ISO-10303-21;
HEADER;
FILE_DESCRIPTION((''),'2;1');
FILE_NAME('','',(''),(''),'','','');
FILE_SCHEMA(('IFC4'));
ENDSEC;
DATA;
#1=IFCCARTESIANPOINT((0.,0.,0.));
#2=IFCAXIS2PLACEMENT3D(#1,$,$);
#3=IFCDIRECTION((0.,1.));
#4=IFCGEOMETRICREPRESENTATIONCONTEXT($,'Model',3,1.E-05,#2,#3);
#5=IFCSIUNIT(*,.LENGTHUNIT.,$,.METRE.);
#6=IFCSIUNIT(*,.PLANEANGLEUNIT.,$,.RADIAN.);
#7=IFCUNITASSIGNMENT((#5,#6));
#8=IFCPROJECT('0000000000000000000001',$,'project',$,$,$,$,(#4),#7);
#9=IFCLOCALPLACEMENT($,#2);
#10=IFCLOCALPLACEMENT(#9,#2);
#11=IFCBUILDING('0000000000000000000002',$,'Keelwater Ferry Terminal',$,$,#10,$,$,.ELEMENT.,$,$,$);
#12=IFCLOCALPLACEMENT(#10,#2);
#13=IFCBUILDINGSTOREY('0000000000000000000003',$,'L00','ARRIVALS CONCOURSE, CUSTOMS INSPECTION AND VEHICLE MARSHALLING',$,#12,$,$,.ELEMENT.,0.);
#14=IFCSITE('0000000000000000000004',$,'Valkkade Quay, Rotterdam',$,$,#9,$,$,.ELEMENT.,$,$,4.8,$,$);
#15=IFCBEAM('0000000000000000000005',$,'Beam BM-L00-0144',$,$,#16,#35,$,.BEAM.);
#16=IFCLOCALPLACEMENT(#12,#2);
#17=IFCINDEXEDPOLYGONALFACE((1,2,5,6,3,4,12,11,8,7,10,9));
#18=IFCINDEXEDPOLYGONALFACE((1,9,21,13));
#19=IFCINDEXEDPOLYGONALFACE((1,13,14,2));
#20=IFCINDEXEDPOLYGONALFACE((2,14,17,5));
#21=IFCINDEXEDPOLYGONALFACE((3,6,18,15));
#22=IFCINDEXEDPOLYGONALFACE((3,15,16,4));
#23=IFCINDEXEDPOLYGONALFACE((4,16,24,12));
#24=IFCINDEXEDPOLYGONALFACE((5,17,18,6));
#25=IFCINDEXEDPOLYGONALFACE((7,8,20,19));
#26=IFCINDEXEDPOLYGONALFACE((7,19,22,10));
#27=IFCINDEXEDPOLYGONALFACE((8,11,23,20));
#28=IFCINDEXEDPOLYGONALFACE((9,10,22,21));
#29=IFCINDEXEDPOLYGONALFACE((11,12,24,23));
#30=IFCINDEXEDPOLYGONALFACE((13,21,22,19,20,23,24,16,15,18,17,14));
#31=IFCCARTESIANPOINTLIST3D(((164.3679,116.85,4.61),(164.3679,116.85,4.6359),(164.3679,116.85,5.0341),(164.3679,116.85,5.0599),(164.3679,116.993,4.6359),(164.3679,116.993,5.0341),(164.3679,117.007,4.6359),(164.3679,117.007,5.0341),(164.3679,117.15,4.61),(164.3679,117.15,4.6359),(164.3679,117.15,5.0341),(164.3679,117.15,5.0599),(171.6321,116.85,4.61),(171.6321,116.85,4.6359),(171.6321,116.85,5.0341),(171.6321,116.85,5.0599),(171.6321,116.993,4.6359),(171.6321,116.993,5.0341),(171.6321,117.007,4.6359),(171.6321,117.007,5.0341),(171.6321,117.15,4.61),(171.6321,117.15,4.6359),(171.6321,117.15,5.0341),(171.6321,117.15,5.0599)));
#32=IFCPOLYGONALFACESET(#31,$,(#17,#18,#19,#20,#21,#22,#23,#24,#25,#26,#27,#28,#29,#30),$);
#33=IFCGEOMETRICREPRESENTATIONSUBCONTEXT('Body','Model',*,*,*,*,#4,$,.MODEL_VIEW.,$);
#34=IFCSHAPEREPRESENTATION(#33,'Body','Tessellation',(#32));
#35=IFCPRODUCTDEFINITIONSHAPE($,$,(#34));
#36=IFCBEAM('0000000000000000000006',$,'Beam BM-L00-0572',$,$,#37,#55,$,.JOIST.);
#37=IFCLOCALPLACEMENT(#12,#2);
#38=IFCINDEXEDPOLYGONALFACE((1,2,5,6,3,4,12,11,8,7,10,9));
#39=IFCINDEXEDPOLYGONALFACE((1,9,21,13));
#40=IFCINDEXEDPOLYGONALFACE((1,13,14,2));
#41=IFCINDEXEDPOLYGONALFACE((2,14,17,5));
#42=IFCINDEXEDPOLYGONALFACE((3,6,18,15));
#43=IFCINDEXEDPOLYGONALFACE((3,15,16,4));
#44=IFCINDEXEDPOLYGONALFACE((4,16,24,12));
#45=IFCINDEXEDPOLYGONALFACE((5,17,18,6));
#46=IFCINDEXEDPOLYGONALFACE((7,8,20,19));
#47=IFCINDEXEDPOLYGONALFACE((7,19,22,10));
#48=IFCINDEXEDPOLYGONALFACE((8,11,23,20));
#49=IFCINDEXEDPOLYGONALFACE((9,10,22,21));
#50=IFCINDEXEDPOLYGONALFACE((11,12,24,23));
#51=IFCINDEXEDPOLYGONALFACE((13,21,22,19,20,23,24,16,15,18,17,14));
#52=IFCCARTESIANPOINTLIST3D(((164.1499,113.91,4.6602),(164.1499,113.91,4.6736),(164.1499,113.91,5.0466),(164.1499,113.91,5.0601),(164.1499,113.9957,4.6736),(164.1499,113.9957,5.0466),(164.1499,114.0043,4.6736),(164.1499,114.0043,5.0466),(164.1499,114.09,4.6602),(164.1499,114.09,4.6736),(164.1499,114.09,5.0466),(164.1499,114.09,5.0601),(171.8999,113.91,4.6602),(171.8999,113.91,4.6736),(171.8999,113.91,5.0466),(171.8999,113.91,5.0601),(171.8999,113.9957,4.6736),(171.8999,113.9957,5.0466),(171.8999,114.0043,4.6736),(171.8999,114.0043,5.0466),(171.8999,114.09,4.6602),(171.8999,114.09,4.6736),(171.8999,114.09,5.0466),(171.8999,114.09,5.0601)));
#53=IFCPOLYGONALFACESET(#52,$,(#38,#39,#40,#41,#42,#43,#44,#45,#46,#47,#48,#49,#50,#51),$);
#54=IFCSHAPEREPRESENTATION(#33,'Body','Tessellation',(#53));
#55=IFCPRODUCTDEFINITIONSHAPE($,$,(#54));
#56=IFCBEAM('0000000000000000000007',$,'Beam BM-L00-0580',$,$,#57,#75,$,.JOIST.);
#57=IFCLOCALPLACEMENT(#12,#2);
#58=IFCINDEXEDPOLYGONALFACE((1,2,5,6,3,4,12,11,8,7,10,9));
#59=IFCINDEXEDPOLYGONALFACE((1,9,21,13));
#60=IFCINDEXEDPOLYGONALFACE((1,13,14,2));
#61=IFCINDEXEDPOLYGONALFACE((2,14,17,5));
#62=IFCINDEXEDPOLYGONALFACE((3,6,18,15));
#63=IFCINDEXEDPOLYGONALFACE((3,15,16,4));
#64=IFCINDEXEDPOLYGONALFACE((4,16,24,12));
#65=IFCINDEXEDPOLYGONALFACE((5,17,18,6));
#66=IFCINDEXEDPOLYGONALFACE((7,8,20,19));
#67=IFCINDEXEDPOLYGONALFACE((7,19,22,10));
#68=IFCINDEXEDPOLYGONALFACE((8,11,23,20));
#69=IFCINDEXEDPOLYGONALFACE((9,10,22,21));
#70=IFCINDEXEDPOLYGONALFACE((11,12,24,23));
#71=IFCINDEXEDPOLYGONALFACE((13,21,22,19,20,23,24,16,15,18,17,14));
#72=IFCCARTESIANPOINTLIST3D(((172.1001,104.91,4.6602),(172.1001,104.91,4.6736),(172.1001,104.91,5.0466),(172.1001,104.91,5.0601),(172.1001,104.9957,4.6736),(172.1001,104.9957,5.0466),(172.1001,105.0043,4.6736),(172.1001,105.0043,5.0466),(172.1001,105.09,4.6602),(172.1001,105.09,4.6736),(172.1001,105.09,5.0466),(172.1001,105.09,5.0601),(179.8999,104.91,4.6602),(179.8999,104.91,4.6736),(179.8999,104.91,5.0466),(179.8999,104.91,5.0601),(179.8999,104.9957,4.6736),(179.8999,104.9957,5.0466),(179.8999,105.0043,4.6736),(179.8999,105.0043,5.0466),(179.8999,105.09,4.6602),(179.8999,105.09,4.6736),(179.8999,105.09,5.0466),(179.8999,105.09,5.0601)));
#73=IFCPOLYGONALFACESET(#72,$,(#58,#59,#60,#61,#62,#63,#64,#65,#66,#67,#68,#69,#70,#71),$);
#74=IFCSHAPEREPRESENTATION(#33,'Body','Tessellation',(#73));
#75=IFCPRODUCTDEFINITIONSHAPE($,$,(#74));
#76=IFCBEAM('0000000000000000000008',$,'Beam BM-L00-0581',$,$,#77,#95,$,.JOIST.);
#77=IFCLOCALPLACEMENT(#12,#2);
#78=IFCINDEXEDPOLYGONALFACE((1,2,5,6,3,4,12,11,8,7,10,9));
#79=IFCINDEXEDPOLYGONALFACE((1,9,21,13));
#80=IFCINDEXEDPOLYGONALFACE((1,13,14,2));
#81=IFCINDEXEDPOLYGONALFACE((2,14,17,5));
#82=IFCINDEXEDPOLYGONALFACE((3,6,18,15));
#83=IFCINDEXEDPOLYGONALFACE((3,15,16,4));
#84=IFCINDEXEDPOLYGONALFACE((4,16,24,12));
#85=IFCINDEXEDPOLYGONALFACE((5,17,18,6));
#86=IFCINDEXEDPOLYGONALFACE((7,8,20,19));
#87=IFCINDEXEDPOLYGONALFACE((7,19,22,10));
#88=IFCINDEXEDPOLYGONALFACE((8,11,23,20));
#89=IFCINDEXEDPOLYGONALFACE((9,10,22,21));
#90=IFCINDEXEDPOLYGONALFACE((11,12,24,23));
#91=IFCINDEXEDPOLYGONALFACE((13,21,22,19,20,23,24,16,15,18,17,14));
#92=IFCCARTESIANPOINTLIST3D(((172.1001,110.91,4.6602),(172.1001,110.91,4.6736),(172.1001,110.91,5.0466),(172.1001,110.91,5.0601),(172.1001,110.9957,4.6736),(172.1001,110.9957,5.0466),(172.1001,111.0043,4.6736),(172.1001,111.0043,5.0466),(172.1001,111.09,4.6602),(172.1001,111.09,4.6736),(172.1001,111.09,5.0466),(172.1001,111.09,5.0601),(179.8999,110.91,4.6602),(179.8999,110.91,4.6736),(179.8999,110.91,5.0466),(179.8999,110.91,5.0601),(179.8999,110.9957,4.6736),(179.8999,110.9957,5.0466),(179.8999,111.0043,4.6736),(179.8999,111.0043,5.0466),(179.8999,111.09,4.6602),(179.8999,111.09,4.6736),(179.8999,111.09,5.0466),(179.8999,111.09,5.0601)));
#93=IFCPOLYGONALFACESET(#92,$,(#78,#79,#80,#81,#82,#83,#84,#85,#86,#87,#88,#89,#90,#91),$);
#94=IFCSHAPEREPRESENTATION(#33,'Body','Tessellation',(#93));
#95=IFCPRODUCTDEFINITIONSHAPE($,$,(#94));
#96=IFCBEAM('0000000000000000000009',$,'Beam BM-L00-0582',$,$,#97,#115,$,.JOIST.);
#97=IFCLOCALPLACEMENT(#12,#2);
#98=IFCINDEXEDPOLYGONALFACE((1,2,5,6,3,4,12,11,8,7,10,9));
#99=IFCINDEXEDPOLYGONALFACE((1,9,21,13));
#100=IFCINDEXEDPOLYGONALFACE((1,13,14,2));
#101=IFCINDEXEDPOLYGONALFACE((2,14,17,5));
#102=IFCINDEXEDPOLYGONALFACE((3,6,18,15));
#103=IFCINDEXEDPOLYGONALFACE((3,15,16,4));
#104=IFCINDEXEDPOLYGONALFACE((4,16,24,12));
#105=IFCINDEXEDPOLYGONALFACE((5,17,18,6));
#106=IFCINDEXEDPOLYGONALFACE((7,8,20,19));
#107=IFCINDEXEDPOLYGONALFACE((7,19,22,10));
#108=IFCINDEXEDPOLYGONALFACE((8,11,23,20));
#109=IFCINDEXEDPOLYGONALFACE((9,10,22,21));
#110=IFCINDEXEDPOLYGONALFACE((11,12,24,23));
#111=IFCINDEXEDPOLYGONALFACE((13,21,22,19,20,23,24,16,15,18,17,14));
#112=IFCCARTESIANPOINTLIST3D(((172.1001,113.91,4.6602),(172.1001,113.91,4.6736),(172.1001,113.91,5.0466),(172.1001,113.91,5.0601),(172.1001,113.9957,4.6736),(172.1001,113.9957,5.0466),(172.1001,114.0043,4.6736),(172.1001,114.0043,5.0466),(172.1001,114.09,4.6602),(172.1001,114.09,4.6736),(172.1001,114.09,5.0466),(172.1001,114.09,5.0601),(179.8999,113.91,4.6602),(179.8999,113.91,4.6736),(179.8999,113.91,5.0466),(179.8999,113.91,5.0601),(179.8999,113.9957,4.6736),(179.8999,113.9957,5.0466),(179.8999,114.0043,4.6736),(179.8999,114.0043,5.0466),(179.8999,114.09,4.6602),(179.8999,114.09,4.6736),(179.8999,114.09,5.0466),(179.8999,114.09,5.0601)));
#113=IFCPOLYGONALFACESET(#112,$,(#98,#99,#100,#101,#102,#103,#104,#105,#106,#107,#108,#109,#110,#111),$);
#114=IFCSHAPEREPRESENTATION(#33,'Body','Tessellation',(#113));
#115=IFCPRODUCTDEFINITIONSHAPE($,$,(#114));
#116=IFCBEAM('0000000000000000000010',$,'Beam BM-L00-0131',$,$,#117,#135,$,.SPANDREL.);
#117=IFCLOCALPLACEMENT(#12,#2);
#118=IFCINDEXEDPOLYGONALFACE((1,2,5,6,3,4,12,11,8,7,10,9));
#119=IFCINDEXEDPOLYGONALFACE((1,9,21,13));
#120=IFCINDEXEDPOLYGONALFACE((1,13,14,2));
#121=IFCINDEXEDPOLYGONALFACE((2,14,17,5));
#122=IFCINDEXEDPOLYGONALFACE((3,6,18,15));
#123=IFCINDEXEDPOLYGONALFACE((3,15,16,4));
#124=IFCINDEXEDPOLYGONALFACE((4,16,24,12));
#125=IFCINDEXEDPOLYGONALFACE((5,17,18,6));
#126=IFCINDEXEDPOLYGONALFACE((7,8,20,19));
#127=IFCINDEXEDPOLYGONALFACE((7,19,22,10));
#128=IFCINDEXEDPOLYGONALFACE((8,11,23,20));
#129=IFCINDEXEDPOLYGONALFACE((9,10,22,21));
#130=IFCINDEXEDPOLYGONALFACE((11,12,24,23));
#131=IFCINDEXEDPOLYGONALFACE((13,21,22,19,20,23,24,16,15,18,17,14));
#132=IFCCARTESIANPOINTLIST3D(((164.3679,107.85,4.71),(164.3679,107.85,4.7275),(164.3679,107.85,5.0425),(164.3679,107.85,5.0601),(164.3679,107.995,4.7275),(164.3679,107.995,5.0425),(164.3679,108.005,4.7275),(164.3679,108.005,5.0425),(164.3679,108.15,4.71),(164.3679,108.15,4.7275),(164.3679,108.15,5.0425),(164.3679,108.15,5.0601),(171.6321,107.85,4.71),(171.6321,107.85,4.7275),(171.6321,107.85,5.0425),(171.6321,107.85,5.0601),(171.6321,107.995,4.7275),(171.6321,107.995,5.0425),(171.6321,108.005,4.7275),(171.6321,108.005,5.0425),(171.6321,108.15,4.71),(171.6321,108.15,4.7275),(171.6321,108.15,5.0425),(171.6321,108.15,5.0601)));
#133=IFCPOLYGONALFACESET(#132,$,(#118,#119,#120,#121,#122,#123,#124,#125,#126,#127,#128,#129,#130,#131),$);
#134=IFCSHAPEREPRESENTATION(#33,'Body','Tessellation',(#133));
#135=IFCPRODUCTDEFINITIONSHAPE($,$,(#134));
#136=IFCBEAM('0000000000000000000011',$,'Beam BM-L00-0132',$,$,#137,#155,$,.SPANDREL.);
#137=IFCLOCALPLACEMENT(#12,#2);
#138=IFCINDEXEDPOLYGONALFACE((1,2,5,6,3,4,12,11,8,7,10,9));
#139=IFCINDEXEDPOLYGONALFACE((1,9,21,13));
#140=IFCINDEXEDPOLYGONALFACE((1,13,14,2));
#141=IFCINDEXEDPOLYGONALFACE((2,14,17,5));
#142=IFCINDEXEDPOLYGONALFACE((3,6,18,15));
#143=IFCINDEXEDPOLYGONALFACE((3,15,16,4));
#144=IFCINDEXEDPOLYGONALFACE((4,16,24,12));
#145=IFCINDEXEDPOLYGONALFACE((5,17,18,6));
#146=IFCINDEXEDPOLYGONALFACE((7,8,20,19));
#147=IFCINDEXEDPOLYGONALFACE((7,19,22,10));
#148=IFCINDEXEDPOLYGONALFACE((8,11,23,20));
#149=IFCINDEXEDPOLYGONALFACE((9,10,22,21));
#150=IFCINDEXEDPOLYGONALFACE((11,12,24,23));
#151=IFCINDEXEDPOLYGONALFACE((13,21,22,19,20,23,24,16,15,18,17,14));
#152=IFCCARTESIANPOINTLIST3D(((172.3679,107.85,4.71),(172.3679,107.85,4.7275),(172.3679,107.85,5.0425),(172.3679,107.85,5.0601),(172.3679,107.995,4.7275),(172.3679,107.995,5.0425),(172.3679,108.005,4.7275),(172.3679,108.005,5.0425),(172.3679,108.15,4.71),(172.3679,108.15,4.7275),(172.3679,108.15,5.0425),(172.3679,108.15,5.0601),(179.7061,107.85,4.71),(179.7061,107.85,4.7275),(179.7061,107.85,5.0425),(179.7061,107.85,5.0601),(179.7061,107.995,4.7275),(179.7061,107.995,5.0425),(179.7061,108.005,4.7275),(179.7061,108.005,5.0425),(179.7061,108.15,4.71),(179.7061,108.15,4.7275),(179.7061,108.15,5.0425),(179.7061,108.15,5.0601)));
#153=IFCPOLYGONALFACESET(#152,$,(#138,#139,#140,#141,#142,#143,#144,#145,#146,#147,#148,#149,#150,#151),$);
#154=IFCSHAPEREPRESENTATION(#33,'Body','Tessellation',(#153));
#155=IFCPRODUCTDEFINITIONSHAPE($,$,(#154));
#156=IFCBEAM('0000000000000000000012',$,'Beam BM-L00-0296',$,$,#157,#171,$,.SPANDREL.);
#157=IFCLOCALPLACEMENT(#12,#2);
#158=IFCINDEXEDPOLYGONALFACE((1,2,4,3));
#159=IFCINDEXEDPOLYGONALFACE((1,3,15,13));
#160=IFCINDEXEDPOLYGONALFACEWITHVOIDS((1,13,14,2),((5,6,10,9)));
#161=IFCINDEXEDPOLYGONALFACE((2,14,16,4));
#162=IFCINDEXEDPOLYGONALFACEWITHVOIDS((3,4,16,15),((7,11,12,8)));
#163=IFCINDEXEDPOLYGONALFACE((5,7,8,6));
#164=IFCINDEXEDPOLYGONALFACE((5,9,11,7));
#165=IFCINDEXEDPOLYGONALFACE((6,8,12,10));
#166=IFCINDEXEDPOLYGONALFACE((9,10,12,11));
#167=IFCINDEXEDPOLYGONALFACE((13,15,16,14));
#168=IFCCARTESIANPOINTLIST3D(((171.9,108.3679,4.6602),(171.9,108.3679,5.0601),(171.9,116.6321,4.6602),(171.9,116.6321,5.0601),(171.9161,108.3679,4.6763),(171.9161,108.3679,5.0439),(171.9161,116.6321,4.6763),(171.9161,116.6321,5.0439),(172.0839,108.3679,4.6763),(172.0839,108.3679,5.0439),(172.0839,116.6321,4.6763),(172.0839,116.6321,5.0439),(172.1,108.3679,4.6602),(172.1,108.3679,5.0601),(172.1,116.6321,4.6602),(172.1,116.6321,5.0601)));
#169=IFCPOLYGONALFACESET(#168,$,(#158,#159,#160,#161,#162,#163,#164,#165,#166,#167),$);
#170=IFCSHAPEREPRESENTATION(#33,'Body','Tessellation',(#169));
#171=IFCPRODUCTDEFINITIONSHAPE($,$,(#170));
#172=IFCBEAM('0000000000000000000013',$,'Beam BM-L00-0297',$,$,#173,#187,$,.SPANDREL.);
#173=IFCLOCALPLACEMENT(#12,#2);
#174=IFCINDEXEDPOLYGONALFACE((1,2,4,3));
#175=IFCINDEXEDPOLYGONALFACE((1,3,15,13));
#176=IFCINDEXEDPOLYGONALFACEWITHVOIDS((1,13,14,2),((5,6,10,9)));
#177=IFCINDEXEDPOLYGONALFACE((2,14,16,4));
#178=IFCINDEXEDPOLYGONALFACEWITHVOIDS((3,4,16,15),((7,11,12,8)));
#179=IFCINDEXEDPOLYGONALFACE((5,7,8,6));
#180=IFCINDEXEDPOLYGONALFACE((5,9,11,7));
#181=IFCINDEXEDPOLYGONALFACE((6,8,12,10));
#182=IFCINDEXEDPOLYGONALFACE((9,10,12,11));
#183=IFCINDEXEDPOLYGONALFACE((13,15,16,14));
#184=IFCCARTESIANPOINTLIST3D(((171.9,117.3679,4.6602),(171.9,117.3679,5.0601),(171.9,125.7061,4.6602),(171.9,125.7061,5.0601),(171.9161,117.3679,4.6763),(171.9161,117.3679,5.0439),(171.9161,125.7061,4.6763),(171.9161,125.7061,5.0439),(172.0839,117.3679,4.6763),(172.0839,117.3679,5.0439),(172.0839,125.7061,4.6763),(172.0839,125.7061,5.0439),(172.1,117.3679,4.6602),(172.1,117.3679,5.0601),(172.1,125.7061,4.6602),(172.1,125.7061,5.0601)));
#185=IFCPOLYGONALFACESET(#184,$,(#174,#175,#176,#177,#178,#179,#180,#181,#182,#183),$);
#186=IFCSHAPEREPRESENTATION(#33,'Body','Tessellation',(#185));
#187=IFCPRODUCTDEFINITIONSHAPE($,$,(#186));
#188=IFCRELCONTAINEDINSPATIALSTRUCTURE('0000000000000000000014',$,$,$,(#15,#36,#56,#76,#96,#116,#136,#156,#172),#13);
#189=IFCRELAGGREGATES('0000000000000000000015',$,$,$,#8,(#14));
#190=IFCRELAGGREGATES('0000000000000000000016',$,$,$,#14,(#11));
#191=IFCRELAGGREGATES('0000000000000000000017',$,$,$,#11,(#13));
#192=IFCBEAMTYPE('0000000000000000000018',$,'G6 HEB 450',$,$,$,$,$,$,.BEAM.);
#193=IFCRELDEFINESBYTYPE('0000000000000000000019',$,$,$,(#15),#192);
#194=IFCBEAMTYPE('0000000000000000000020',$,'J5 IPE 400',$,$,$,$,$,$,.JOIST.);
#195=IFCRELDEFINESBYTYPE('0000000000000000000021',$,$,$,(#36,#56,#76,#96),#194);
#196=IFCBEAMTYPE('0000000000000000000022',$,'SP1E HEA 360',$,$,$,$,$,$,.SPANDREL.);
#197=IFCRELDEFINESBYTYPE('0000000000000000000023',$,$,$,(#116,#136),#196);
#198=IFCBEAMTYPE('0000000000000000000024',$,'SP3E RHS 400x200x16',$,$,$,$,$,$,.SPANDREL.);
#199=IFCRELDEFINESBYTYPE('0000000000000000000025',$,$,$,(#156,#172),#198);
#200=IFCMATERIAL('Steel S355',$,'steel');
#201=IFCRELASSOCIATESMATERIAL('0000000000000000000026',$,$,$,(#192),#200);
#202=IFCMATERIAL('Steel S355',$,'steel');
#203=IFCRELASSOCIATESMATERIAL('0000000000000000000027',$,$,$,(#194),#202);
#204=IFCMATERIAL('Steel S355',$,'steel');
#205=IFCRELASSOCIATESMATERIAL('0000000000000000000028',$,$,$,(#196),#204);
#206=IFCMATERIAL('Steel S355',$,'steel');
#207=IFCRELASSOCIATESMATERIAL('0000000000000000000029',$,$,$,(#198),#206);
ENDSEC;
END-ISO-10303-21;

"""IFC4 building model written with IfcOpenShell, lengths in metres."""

from ifc_helpers import new_model, si_unit, direction, frame, origin, origin_2d, place, context, subcontext, project, spatial, hollow_rectangle, i_section, extrude, material, material_profile, profile_set, type_object, element, save


model = new_model("IFC4")

# Units and contexts
model_context = context("Model", 3, precision=1e-05, world=origin(), true_north=direction((0.0, 1.0)))
body_context = subcontext(model_context, "Body", "Model", "MODEL_VIEW")
ifc_project = project(units=[si_unit("LENGTHUNIT", "METRE"), si_unit("PLANEANGLEUNIT", "RADIAN")], contexts=[model_context])

# Site, building, storey
site_placement = place(None, origin())
site = spatial("IfcSite", under=ifc_project, at=site_placement, Name="Valkkade Quay, Rotterdam", CompositionType="ELEMENT", RefElevation=4.8)
building_placement = place(site_placement, origin())
building = spatial("IfcBuilding", under=site, at=building_placement, Name="Keelwater Ferry Terminal", CompositionType="ELEMENT")
storey_placement = place(building_placement, origin())
storey = spatial("IfcBuildingStorey", under=building, at=storey_placement, Name="L00", Description="ARRIVALS CONCOURSE, CUSTOMS INSPECTION AND VEHICLE MARSHALLING", CompositionType="ELEMENT", Elevation=0.0)

# Beams
ifc_material_1 = material(Name="Steel S355", Category="steel")
ifc_material_profile_1 = material_profile(ifc_material_1, i_section(OverallWidth=0.3, OverallDepth=0.45, WebThickness=0.0139, FlangeThickness=0.0259, at=origin_2d()), Name="HEB 450")
ifc_profile_set_1 = profile_set([ifc_material_profile_1], Name="Steel S355")
beam_type_1 = type_object("IfcBeamType", Name="G6 HEB 450", PredefinedType="BEAM", material=ifc_profile_set_1)
beam_1_placement = place(storey_placement, frame((164.3679, 117.0, 4.835), z_axis=(1.0, 0.0, 0.0), x_axis=(0.0, 1.0, 0.0)))
element("IfcBeam", 1, at=beam_1_placement, inside=storey, type_object=beam_type_1, Name="Beam BM-L00-0144", PredefinedType="BEAM", context=body_context, shape_type="SweptSolid", body=[
    extrude(i_section(OverallWidth=0.3, OverallDepth=0.45, WebThickness=0.0139, FlangeThickness=0.0259, at=origin_2d()), origin(), (0.0, 0.0, 1.0), 7.2642),
])
ifc_material_2 = material(Name="Steel S355", Category="steel")
ifc_material_profile_2 = material_profile(ifc_material_2, i_section(OverallWidth=0.1799, OverallDepth=0.3999, WebThickness=0.0085, FlangeThickness=0.0134, at=origin_2d()), Name="IPE 400")
ifc_profile_set_2 = profile_set([ifc_material_profile_2], Name="Steel S355")
beam_type_2 = type_object("IfcBeamType", Name="J5 IPE 400", PredefinedType="JOIST", material=ifc_profile_set_2)
beam_2_placement = place(storey_placement, frame((164.1499, 114.0, 4.8601), z_axis=(1.0, 0.0, 0.0), x_axis=(0.0, 1.0, 0.0)))
element("IfcBeam", 2, at=beam_2_placement, inside=storey, type_object=beam_type_2, Name="Beam BM-L00-0572", PredefinedType="JOIST", context=body_context, shape_type="SweptSolid", body=[
    extrude(i_section(OverallWidth=0.1799, OverallDepth=0.3999, WebThickness=0.0085, FlangeThickness=0.0134, at=origin_2d()), origin(), (0.0, 0.0, 1.0), 7.75),
])
for number, where, z_axis, x_axis, name in (
    (3, (172.1001, 105.0, 4.8601), (1.0, 0.0, 0.0), (0.0, 1.0, 0.0), "Beam BM-L00-0580"),
    (4, (172.1001, 111.0, 4.8601), (1.0, 0.0, 0.0), (0.0, 1.0, 0.0), "Beam BM-L00-0581"),
    (5, (172.1001, 114.0, 4.8601), (1.0, 0.0, 0.0), (0.0, 1.0, 0.0), "Beam BM-L00-0582"),
):
    element("IfcBeam", number, at=place(storey_placement, frame(where, z_axis=z_axis, x_axis=x_axis)), inside=storey, type_object=beam_type_2, Name=name, PredefinedType="JOIST", context=body_context, shape_type="SweptSolid", body=[
        extrude(i_section(OverallWidth=0.1799, OverallDepth=0.3999, WebThickness=0.0085, FlangeThickness=0.0134, at=origin_2d()), origin(), (0.0, 0.0, 1.0), 7.7998),
    ])
ifc_material_3 = material(Name="Steel S355", Category="steel")
ifc_material_profile_3 = material_profile(ifc_material_3, i_section(OverallWidth=0.3, OverallDepth=0.3501, WebThickness=0.01, FlangeThickness=0.0176, at=origin_2d()), Name="HEA 360")
ifc_profile_set_3 = profile_set([ifc_material_profile_3], Name="Steel S355")
beam_type_3 = type_object("IfcBeamType", Name="SP1E HEA 360", PredefinedType="SPANDREL", material=ifc_profile_set_3)
beam_3_placement = place(storey_placement, frame((164.3679, 108.0, 4.885), z_axis=(1.0, 0.0, 0.0), x_axis=(0.0, 1.0, 0.0)))
element("IfcBeam", 6, at=beam_3_placement, inside=storey, type_object=beam_type_3, Name="Beam BM-L00-0131", PredefinedType="SPANDREL", context=body_context, shape_type="SweptSolid", body=[
    extrude(i_section(OverallWidth=0.3, OverallDepth=0.3501, WebThickness=0.01, FlangeThickness=0.0176, at=origin_2d()), origin(), (0.0, 0.0, 1.0), 7.2642),
])
beam_4_placement = place(storey_placement, frame((172.3679, 108.0, 4.885), z_axis=(1.0, 0.0, 0.0), x_axis=(0.0, 1.0, 0.0)))
element("IfcBeam", 7, at=beam_4_placement, inside=storey, type_object=beam_type_3, Name="Beam BM-L00-0132", PredefinedType="SPANDREL", context=body_context, shape_type="SweptSolid", body=[
    extrude(i_section(OverallWidth=0.3, OverallDepth=0.3501, WebThickness=0.01, FlangeThickness=0.0176, at=origin_2d()), origin(), (0.0, 0.0, 1.0), 7.3381),
])
ifc_material_4 = material(Name="Steel S355", Category="steel")
ifc_material_profile_4 = material_profile(ifc_material_4, hollow_rectangle(XDim=0.2, YDim=0.3999, WallThickness=0.0161, at=origin_2d()), Name="RHS 400x200x16")
ifc_profile_set_4 = profile_set([ifc_material_profile_4], Name="Steel S355")
beam_type_4 = type_object("IfcBeamType", Name="SP3E RHS 400x200x16", PredefinedType="SPANDREL", material=ifc_profile_set_4)
beam_5_placement = place(storey_placement, frame((172.0, 108.3679, 4.8601), z_axis=(0.0, 1.0, 0.0), x_axis=(-1.0, 0.0, 0.0)))
element("IfcBeam", 8, at=beam_5_placement, inside=storey, type_object=beam_type_4, Name="Beam BM-L00-0296", PredefinedType="SPANDREL", context=body_context, shape_type="SweptSolid", body=[
    extrude(hollow_rectangle(XDim=0.2, YDim=0.3999, WallThickness=0.0161, at=origin_2d()), origin(), (0.0, 0.0, 1.0), 8.2642),
])
beam_6_placement = place(storey_placement, frame((172.0, 117.3679, 4.8601), z_axis=(0.0, 1.0, 0.0), x_axis=(-1.0, 0.0, 0.0)))
element("IfcBeam", 9, at=beam_6_placement, inside=storey, type_object=beam_type_4, Name="Beam BM-L00-0297", PredefinedType="SPANDREL", context=body_context, shape_type="SweptSolid", body=[
    extrude(hollow_rectangle(XDim=0.2, YDim=0.3999, WallThickness=0.0161, at=origin_2d()), origin(), (0.0, 0.0, 1.0), 8.3381),
])

save(model, "model.ifc")
